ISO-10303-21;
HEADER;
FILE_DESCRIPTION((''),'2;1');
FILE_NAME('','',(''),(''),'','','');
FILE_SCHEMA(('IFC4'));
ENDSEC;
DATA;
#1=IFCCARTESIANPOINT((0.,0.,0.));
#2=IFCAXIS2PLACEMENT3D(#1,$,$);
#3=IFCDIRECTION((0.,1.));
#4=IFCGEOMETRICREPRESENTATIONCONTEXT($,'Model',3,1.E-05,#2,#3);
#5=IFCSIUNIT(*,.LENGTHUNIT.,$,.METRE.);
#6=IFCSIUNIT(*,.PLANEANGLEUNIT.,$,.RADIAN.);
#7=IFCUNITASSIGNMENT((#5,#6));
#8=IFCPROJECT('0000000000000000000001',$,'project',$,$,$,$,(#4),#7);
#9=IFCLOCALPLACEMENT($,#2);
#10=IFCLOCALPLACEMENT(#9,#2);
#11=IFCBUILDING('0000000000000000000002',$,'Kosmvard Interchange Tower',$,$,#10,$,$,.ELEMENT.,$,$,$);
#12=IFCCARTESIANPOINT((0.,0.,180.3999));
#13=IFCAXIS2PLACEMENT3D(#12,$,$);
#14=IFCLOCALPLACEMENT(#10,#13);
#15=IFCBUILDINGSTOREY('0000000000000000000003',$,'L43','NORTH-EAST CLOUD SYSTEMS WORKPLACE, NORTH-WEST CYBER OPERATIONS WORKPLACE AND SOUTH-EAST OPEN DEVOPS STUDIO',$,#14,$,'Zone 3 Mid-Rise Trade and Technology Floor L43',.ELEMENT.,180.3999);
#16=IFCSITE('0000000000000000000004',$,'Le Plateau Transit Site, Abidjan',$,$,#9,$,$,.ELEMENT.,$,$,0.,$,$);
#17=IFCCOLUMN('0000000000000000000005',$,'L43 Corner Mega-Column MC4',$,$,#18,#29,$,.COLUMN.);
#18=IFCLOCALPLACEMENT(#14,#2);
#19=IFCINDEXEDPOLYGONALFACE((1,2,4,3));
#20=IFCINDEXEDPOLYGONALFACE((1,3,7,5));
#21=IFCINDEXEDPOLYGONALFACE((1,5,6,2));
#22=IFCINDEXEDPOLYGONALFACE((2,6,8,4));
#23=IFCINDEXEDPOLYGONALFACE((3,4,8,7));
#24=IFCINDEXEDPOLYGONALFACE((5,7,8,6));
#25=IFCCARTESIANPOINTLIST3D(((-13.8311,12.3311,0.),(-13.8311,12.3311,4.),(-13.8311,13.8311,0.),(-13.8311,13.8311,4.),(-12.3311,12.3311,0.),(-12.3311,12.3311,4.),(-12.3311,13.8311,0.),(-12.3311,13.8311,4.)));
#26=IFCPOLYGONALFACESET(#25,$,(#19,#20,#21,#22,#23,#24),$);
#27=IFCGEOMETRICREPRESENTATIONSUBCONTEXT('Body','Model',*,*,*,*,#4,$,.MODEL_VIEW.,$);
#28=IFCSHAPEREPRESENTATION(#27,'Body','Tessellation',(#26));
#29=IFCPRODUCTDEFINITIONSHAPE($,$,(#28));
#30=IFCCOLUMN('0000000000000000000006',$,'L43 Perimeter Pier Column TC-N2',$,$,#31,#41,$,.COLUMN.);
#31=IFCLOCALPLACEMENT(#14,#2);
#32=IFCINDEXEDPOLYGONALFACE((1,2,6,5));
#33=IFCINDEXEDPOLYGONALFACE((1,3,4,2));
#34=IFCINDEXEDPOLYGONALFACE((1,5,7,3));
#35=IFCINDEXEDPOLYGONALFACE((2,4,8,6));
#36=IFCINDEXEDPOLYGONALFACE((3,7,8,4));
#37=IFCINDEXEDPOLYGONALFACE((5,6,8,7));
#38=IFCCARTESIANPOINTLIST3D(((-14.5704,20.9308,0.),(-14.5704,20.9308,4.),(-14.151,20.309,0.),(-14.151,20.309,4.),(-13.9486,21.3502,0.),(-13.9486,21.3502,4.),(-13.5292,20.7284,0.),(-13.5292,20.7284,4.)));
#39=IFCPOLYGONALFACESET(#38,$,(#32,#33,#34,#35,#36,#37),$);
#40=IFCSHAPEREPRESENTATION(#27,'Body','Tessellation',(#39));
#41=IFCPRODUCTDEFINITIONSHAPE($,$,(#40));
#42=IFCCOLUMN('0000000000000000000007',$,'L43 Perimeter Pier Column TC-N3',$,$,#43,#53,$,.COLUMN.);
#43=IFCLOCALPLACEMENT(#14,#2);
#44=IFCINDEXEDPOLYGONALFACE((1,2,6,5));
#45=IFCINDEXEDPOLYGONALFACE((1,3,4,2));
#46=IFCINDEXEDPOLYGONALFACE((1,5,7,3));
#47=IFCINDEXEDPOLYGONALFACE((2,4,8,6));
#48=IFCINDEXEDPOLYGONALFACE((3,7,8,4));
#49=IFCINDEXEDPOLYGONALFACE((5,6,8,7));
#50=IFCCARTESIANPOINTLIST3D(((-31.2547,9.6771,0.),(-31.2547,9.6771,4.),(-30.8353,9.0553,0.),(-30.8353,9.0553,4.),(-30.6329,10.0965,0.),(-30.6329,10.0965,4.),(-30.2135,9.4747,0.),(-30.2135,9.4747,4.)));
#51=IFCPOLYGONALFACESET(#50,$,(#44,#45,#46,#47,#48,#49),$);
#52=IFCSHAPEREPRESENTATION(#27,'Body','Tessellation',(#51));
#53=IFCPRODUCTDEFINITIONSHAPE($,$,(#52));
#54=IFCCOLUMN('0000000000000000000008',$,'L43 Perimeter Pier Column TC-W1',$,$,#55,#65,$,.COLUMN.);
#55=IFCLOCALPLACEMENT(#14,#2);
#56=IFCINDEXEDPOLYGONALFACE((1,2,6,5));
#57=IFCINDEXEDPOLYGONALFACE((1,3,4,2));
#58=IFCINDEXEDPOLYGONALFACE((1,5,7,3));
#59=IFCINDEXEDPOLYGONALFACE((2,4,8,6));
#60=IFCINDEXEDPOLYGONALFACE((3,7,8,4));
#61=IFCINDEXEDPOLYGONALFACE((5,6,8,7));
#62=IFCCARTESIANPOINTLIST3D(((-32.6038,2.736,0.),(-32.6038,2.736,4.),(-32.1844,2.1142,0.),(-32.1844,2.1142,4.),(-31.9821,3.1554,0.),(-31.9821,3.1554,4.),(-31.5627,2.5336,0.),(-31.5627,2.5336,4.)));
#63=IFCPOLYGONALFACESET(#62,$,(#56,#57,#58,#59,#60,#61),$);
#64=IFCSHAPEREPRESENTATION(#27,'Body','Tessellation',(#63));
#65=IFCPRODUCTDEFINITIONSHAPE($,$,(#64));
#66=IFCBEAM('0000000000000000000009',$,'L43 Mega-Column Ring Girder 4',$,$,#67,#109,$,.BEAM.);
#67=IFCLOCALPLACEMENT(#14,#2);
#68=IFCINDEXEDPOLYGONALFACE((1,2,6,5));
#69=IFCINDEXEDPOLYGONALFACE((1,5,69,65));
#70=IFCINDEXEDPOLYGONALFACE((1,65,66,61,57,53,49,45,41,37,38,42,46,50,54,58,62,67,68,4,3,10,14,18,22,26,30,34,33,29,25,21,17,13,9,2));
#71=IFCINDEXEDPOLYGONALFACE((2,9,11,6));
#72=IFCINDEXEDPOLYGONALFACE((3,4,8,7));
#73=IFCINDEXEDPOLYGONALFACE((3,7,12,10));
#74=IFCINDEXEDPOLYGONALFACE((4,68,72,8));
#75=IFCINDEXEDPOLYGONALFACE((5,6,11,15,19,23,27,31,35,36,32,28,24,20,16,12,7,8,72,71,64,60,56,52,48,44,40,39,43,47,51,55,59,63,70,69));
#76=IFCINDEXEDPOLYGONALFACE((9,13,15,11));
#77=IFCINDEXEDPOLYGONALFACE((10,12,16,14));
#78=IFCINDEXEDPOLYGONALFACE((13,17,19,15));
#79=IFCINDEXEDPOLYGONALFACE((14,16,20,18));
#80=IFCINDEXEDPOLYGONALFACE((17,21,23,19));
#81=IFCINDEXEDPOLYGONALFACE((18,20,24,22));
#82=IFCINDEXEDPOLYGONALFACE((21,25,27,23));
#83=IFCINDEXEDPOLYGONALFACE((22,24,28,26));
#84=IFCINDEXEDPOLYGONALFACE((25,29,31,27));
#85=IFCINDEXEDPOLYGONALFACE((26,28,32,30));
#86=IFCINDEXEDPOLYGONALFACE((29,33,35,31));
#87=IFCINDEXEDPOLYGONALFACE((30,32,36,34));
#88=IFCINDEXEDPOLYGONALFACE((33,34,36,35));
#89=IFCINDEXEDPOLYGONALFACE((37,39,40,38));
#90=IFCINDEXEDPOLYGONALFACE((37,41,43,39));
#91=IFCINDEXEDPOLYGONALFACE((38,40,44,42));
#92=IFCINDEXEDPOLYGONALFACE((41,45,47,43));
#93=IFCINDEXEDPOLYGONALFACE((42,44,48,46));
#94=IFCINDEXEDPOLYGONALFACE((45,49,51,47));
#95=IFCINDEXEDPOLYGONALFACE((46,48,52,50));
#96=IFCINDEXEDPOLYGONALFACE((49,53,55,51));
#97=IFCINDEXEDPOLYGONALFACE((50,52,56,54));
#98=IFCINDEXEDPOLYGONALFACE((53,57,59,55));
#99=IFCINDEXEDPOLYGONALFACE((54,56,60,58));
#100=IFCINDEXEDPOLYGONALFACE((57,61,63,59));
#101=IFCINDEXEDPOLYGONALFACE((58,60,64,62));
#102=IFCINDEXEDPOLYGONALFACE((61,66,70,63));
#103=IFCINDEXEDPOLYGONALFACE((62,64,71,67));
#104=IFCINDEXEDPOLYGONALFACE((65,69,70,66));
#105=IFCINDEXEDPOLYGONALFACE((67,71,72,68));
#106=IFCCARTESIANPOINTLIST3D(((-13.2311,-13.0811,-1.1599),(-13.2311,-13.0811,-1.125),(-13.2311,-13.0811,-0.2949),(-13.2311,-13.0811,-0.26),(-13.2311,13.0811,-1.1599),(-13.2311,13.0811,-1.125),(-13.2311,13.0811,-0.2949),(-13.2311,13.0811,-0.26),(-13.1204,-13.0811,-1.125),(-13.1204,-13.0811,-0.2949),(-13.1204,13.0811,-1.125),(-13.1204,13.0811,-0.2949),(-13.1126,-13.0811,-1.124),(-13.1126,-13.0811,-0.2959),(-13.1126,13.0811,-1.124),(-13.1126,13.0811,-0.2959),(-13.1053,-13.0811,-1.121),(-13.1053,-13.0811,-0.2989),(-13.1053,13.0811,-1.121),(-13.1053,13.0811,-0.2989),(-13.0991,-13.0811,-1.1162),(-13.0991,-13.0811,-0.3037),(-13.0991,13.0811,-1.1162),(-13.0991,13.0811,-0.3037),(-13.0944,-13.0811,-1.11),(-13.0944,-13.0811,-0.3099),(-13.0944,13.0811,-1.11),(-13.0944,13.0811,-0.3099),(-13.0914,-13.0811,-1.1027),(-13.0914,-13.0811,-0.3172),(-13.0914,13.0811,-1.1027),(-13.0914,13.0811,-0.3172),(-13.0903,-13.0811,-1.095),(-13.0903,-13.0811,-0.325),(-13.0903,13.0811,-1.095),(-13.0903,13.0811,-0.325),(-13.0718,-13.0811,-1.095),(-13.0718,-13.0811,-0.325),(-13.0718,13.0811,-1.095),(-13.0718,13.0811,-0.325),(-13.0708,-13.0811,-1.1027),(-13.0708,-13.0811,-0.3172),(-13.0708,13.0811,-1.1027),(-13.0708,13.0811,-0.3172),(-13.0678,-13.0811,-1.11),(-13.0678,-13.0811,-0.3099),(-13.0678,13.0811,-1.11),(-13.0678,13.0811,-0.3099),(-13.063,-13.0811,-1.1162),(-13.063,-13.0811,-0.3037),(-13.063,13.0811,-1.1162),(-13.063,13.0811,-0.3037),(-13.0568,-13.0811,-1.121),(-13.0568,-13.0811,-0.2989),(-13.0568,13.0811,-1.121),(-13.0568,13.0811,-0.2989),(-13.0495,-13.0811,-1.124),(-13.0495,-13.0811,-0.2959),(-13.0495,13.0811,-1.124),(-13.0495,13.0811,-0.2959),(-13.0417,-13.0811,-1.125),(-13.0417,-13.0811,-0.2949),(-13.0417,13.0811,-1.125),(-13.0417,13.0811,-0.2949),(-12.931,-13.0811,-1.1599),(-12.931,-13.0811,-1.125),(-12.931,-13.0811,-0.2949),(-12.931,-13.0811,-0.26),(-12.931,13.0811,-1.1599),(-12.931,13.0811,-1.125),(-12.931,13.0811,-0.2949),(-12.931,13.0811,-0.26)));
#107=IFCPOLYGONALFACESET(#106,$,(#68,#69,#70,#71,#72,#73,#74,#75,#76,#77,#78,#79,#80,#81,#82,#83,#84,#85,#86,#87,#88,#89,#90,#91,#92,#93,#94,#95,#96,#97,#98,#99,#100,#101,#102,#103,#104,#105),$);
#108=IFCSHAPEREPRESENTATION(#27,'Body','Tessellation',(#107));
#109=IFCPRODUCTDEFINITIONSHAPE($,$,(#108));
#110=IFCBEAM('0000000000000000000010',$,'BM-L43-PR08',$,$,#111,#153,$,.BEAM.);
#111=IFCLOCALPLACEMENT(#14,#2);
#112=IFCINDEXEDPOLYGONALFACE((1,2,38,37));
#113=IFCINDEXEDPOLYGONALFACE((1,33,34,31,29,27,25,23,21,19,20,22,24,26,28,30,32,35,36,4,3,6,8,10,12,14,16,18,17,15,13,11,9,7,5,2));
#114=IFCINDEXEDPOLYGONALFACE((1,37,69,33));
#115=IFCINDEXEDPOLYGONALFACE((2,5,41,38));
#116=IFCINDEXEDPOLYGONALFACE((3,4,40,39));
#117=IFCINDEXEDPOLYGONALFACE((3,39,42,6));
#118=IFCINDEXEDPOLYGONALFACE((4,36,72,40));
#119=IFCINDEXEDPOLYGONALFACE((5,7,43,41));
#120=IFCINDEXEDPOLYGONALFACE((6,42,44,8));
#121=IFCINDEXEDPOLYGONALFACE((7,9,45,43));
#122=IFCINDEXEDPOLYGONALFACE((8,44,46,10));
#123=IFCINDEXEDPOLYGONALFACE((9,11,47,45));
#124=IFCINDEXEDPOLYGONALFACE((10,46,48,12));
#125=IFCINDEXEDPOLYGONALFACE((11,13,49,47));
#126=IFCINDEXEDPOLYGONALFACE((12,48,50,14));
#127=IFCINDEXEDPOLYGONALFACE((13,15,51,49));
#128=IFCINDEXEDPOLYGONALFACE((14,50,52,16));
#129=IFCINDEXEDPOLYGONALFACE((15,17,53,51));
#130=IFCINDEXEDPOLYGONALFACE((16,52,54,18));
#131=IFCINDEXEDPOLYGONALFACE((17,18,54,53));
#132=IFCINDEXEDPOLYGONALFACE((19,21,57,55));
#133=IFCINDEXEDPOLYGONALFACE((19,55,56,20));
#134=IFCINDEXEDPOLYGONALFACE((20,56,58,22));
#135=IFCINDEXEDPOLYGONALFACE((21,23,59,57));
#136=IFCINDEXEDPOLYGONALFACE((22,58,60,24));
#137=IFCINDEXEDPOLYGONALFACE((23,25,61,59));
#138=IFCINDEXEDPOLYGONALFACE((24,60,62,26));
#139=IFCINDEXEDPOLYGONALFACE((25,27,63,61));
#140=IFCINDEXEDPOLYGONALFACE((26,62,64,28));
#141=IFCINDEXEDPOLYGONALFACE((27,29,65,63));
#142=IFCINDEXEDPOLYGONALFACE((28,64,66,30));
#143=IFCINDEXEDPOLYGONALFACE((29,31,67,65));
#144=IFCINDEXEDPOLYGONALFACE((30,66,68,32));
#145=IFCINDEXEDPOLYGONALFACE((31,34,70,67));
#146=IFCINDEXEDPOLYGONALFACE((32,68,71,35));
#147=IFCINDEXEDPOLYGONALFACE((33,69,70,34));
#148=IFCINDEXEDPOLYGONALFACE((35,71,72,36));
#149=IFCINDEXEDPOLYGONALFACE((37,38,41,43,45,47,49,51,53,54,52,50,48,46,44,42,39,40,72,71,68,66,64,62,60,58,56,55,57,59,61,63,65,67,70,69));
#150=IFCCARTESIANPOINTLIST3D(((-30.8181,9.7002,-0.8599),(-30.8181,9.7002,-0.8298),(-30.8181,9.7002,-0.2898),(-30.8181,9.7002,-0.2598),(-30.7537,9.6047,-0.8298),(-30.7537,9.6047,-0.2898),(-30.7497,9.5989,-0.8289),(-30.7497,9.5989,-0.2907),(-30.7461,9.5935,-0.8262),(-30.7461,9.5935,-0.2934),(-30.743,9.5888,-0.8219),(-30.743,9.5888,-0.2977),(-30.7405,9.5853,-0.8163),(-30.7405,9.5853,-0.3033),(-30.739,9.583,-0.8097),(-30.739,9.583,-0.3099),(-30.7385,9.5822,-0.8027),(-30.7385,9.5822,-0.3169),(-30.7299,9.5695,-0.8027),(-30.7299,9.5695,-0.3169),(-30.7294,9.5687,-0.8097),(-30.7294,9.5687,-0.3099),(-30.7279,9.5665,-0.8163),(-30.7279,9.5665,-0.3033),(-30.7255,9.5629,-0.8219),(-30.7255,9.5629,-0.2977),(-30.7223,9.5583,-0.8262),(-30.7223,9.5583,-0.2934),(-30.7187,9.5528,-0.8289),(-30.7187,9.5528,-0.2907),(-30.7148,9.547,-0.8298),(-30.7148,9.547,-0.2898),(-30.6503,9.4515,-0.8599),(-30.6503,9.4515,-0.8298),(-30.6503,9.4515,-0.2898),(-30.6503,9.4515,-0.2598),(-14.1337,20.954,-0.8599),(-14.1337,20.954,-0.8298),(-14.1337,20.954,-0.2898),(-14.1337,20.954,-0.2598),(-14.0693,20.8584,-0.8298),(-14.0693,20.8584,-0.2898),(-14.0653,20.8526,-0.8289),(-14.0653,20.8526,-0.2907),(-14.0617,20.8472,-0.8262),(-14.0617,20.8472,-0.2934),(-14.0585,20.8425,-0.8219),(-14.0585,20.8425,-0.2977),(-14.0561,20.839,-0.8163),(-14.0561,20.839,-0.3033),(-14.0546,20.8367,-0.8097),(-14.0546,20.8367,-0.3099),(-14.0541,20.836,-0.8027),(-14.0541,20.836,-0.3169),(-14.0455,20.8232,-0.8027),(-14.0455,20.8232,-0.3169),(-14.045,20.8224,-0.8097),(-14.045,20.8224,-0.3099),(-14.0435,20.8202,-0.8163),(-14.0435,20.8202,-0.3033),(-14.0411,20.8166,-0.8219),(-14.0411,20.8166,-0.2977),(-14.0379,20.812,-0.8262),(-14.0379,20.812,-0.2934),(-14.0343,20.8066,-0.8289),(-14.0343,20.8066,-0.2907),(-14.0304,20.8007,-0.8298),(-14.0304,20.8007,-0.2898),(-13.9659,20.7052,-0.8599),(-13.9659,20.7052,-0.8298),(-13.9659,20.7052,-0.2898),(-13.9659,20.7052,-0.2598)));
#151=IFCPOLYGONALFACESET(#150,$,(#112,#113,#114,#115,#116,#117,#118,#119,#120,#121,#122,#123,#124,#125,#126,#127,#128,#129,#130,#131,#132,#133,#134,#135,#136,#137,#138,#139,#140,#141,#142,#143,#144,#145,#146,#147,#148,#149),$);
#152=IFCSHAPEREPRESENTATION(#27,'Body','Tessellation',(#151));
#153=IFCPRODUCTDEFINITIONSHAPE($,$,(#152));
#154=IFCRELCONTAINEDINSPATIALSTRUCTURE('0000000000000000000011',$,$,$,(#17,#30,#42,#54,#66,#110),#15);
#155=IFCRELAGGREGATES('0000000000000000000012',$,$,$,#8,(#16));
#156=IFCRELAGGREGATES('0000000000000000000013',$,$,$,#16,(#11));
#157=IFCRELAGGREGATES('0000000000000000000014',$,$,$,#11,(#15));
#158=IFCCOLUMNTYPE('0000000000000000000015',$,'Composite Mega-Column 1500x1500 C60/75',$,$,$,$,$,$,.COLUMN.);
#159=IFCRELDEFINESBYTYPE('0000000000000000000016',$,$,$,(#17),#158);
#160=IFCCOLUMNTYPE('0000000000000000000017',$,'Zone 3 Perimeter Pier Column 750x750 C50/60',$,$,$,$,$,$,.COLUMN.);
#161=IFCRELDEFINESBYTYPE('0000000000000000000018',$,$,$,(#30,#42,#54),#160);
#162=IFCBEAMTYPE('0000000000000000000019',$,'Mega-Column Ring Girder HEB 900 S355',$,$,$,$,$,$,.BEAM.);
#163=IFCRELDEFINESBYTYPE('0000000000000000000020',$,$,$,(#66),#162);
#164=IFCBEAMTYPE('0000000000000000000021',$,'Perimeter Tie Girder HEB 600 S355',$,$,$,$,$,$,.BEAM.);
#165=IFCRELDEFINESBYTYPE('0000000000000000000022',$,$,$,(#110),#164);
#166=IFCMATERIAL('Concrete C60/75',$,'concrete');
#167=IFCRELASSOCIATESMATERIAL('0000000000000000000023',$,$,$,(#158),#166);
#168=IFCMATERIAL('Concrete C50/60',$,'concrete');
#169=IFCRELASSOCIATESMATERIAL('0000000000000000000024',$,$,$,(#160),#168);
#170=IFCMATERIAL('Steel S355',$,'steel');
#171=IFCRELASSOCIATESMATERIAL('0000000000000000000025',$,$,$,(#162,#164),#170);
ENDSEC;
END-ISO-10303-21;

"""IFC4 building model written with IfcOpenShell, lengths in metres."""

from ifc_helpers import new_model, si_unit, direction, frame, origin, origin_2d, place, context, subcontext, project, spatial, rectangle, i_section, extrude, source, transform, mapped, material, material_profile, profile_set, type_object, element, save


model = new_model("IFC4")

# Units and contexts
model_context = context("Model", 3, precision=1e-05, world=origin(), true_north=direction((0.0, 1.0)))
body_context = subcontext(model_context, "Body", "Model", "MODEL_VIEW")
ifc_project = project(units=[si_unit("LENGTHUNIT", "METRE"), si_unit("PLANEANGLEUNIT", "RADIAN")], contexts=[model_context])

# Site, building, storey
site_placement = place(None, origin())
site = spatial("IfcSite", under=ifc_project, at=site_placement, Name="Le Plateau Transit Site, Abidjan", CompositionType="ELEMENT", RefElevation=0.0)
building_placement = place(site_placement, origin())
building = spatial("IfcBuilding", under=site, at=building_placement, Name="Kosmvard Interchange Tower", CompositionType="ELEMENT")
storey_placement = place(building_placement, frame((0.0, 0.0, 180.3999)))
storey = spatial("IfcBuildingStorey", under=building, at=storey_placement, Name="L43", Description="NORTH-EAST CLOUD SYSTEMS WORKPLACE, NORTH-WEST CYBER OPERATIONS WORKPLACE AND SOUTH-EAST OPEN DEVOPS STUDIO", LongName="Zone 3 Mid-Rise Trade and Technology Floor L43", CompositionType="ELEMENT", Elevation=180.3999)

# Columns
ifc_material_1 = material(Name="Concrete C60/75", Category="concrete")
ifc_material_profile_1 = material_profile(ifc_material_1, rectangle(XDim=1.5, YDim=1.5, at=origin_2d()), Name="MC 1500x1500")
ifc_profile_set_1 = profile_set([ifc_material_profile_1], Name="Concrete C60/75")
column_type_1 = type_object("IfcColumnType", Name="Composite Mega-Column 1500x1500 C60/75", PredefinedType="COLUMN", material=ifc_profile_set_1)
shared_shape_1 = source(origin(), body_context, "Body", "SweptSolid", [
    extrude(rectangle(XDim=1.5, YDim=1.5, at=origin_2d()), origin(), (0.0, 0.0, 1.0), 4.0),
])
column_placement = place(storey_placement, frame((-13.0811, 13.0811, 0.0), z_axis=(0.0, 0.0, 1.0), x_axis=(1.0, 0.0, 0.0)))
element("IfcColumn", 1, at=column_placement, inside=storey, type_object=column_type_1, Name="L43 Corner Mega-Column MC4", PredefinedType="COLUMN", context=body_context, shape_type="MappedRepresentation", body=[
    mapped(shared_shape_1, transform((0.0, 0.0, 0.0), scale=1.0)),
])
ifc_material_2 = material(Name="Concrete C50/60", Category="concrete")
ifc_material_profile_2 = material_profile(ifc_material_2, rectangle(XDim=0.75, YDim=0.75, at=origin_2d()), Name="TC 750x750")
ifc_profile_set_2 = profile_set([ifc_material_profile_2], Name="Concrete C50/60")
column_type_2 = type_object("IfcColumnType", Name="Zone 3 Perimeter Pier Column 750x750 C50/60", PredefinedType="COLUMN", material=ifc_profile_set_2)
shared_shape_2 = source(origin(), body_context, "Body", "SweptSolid", [
    extrude(rectangle(XDim=0.75, YDim=0.75, at=origin_2d()), origin(), (0.0, 0.0, 1.0), 4.0),
])
for number, where, z_axis, x_axis, name in (
    (2, (-14.0498, 20.8296, 0.0), (0.0, 0.0, 1.0), (0.829038, 0.559193, 0.0), "L43 Perimeter Pier Column TC-N2"),
    (3, (-30.7341, 9.5759, 0.0), (0.0, 0.0, 1.0), (0.829038, 0.559193, 0.0), "L43 Perimeter Pier Column TC-N3"),
    (4, (-32.0833, 2.6348, 0.0), (0.0, 0.0, 1.0), (0.829038, 0.559193, 0.0), "L43 Perimeter Pier Column TC-W1"),
):
    element("IfcColumn", number, at=place(storey_placement, frame(where, z_axis=z_axis, x_axis=x_axis)), inside=storey, type_object=column_type_2, Name=name, PredefinedType="COLUMN", context=body_context, shape_type="MappedRepresentation", body=[
        mapped(shared_shape_2, transform((0.0, 0.0, 0.0), scale=1.0)),
    ])

# Beams
ifc_material_3 = material(Name="Steel S355", Category="steel")
ifc_material_profile_3 = material_profile(ifc_material_3, i_section(OverallWidth=0.3, OverallDepth=0.8999, WebThickness=0.0186, FlangeThickness=0.0349, FilletRadius=0.03, at=origin_2d()), Name="HEB 900")
ifc_profile_set_3 = profile_set([ifc_material_profile_3], Name="Steel S355")
beam_type_1 = type_object("IfcBeamType", Name="Mega-Column Ring Girder HEB 900 S355", PredefinedType="BEAM", material=ifc_profile_set_3)
shared_shape_3 = source(origin(), body_context, "Body", "SweptSolid", [
    extrude(i_section(OverallWidth=0.3, OverallDepth=0.8999, WebThickness=0.0186, FlangeThickness=0.0349, FilletRadius=0.03, at=origin_2d()), origin(), (0.0, 0.0, 1.0), 26.1621),
])
beam_1_placement = place(storey_placement, frame((-13.0811, 13.0811, -0.71), z_axis=(0.0, -1.0, 0.0), x_axis=(1.0, 0.0, 0.0)))
element("IfcBeam", 5, at=beam_1_placement, inside=storey, type_object=beam_type_1, Name="L43 Mega-Column Ring Girder 4", PredefinedType="BEAM", context=body_context, shape_type="MappedRepresentation", body=[
    mapped(shared_shape_3, transform((0.0, 0.0, 0.0), scale=1.0)),
])
ifc_material_profile_4 = material_profile(ifc_material_3, i_section(OverallWidth=0.3, OverallDepth=0.6001, WebThickness=0.0154, FlangeThickness=0.03, FilletRadius=0.0271, at=origin_2d()), Name="HEB 600")
ifc_profile_set_4 = profile_set([ifc_material_profile_4], Name="Steel S355")
beam_type_2 = type_object("IfcBeamType", Name="Perimeter Tie Girder HEB 600 S355", PredefinedType="BEAM", material=ifc_profile_set_4)
shared_shape_4 = source(origin(), body_context, "Body", "SweptSolid", [
    extrude(i_section(OverallWidth=0.3, OverallDepth=0.6001, WebThickness=0.0154, FlangeThickness=0.03, FilletRadius=0.0271, at=origin_2d()), origin(), (0.0, 0.0, 1.0), 20.125),
])
for number, where, z_axis, x_axis, name in (
    (6, (-14.0498, 20.8296, -0.5598), (-0.829039, -0.559191, 0.0), (0.559191, -0.829039, 0.0), "BM-L43-PR08"),
):
    element("IfcBeam", number, at=place(storey_placement, frame(where, z_axis=z_axis, x_axis=x_axis)), inside=storey, type_object=beam_type_2, Name=name, PredefinedType="BEAM", context=body_context, shape_type="MappedRepresentation", body=[
        mapped(shared_shape_4, transform((0.0, 0.0, 0.0), scale=1.0)),
    ])

save(model, "model.ifc")
